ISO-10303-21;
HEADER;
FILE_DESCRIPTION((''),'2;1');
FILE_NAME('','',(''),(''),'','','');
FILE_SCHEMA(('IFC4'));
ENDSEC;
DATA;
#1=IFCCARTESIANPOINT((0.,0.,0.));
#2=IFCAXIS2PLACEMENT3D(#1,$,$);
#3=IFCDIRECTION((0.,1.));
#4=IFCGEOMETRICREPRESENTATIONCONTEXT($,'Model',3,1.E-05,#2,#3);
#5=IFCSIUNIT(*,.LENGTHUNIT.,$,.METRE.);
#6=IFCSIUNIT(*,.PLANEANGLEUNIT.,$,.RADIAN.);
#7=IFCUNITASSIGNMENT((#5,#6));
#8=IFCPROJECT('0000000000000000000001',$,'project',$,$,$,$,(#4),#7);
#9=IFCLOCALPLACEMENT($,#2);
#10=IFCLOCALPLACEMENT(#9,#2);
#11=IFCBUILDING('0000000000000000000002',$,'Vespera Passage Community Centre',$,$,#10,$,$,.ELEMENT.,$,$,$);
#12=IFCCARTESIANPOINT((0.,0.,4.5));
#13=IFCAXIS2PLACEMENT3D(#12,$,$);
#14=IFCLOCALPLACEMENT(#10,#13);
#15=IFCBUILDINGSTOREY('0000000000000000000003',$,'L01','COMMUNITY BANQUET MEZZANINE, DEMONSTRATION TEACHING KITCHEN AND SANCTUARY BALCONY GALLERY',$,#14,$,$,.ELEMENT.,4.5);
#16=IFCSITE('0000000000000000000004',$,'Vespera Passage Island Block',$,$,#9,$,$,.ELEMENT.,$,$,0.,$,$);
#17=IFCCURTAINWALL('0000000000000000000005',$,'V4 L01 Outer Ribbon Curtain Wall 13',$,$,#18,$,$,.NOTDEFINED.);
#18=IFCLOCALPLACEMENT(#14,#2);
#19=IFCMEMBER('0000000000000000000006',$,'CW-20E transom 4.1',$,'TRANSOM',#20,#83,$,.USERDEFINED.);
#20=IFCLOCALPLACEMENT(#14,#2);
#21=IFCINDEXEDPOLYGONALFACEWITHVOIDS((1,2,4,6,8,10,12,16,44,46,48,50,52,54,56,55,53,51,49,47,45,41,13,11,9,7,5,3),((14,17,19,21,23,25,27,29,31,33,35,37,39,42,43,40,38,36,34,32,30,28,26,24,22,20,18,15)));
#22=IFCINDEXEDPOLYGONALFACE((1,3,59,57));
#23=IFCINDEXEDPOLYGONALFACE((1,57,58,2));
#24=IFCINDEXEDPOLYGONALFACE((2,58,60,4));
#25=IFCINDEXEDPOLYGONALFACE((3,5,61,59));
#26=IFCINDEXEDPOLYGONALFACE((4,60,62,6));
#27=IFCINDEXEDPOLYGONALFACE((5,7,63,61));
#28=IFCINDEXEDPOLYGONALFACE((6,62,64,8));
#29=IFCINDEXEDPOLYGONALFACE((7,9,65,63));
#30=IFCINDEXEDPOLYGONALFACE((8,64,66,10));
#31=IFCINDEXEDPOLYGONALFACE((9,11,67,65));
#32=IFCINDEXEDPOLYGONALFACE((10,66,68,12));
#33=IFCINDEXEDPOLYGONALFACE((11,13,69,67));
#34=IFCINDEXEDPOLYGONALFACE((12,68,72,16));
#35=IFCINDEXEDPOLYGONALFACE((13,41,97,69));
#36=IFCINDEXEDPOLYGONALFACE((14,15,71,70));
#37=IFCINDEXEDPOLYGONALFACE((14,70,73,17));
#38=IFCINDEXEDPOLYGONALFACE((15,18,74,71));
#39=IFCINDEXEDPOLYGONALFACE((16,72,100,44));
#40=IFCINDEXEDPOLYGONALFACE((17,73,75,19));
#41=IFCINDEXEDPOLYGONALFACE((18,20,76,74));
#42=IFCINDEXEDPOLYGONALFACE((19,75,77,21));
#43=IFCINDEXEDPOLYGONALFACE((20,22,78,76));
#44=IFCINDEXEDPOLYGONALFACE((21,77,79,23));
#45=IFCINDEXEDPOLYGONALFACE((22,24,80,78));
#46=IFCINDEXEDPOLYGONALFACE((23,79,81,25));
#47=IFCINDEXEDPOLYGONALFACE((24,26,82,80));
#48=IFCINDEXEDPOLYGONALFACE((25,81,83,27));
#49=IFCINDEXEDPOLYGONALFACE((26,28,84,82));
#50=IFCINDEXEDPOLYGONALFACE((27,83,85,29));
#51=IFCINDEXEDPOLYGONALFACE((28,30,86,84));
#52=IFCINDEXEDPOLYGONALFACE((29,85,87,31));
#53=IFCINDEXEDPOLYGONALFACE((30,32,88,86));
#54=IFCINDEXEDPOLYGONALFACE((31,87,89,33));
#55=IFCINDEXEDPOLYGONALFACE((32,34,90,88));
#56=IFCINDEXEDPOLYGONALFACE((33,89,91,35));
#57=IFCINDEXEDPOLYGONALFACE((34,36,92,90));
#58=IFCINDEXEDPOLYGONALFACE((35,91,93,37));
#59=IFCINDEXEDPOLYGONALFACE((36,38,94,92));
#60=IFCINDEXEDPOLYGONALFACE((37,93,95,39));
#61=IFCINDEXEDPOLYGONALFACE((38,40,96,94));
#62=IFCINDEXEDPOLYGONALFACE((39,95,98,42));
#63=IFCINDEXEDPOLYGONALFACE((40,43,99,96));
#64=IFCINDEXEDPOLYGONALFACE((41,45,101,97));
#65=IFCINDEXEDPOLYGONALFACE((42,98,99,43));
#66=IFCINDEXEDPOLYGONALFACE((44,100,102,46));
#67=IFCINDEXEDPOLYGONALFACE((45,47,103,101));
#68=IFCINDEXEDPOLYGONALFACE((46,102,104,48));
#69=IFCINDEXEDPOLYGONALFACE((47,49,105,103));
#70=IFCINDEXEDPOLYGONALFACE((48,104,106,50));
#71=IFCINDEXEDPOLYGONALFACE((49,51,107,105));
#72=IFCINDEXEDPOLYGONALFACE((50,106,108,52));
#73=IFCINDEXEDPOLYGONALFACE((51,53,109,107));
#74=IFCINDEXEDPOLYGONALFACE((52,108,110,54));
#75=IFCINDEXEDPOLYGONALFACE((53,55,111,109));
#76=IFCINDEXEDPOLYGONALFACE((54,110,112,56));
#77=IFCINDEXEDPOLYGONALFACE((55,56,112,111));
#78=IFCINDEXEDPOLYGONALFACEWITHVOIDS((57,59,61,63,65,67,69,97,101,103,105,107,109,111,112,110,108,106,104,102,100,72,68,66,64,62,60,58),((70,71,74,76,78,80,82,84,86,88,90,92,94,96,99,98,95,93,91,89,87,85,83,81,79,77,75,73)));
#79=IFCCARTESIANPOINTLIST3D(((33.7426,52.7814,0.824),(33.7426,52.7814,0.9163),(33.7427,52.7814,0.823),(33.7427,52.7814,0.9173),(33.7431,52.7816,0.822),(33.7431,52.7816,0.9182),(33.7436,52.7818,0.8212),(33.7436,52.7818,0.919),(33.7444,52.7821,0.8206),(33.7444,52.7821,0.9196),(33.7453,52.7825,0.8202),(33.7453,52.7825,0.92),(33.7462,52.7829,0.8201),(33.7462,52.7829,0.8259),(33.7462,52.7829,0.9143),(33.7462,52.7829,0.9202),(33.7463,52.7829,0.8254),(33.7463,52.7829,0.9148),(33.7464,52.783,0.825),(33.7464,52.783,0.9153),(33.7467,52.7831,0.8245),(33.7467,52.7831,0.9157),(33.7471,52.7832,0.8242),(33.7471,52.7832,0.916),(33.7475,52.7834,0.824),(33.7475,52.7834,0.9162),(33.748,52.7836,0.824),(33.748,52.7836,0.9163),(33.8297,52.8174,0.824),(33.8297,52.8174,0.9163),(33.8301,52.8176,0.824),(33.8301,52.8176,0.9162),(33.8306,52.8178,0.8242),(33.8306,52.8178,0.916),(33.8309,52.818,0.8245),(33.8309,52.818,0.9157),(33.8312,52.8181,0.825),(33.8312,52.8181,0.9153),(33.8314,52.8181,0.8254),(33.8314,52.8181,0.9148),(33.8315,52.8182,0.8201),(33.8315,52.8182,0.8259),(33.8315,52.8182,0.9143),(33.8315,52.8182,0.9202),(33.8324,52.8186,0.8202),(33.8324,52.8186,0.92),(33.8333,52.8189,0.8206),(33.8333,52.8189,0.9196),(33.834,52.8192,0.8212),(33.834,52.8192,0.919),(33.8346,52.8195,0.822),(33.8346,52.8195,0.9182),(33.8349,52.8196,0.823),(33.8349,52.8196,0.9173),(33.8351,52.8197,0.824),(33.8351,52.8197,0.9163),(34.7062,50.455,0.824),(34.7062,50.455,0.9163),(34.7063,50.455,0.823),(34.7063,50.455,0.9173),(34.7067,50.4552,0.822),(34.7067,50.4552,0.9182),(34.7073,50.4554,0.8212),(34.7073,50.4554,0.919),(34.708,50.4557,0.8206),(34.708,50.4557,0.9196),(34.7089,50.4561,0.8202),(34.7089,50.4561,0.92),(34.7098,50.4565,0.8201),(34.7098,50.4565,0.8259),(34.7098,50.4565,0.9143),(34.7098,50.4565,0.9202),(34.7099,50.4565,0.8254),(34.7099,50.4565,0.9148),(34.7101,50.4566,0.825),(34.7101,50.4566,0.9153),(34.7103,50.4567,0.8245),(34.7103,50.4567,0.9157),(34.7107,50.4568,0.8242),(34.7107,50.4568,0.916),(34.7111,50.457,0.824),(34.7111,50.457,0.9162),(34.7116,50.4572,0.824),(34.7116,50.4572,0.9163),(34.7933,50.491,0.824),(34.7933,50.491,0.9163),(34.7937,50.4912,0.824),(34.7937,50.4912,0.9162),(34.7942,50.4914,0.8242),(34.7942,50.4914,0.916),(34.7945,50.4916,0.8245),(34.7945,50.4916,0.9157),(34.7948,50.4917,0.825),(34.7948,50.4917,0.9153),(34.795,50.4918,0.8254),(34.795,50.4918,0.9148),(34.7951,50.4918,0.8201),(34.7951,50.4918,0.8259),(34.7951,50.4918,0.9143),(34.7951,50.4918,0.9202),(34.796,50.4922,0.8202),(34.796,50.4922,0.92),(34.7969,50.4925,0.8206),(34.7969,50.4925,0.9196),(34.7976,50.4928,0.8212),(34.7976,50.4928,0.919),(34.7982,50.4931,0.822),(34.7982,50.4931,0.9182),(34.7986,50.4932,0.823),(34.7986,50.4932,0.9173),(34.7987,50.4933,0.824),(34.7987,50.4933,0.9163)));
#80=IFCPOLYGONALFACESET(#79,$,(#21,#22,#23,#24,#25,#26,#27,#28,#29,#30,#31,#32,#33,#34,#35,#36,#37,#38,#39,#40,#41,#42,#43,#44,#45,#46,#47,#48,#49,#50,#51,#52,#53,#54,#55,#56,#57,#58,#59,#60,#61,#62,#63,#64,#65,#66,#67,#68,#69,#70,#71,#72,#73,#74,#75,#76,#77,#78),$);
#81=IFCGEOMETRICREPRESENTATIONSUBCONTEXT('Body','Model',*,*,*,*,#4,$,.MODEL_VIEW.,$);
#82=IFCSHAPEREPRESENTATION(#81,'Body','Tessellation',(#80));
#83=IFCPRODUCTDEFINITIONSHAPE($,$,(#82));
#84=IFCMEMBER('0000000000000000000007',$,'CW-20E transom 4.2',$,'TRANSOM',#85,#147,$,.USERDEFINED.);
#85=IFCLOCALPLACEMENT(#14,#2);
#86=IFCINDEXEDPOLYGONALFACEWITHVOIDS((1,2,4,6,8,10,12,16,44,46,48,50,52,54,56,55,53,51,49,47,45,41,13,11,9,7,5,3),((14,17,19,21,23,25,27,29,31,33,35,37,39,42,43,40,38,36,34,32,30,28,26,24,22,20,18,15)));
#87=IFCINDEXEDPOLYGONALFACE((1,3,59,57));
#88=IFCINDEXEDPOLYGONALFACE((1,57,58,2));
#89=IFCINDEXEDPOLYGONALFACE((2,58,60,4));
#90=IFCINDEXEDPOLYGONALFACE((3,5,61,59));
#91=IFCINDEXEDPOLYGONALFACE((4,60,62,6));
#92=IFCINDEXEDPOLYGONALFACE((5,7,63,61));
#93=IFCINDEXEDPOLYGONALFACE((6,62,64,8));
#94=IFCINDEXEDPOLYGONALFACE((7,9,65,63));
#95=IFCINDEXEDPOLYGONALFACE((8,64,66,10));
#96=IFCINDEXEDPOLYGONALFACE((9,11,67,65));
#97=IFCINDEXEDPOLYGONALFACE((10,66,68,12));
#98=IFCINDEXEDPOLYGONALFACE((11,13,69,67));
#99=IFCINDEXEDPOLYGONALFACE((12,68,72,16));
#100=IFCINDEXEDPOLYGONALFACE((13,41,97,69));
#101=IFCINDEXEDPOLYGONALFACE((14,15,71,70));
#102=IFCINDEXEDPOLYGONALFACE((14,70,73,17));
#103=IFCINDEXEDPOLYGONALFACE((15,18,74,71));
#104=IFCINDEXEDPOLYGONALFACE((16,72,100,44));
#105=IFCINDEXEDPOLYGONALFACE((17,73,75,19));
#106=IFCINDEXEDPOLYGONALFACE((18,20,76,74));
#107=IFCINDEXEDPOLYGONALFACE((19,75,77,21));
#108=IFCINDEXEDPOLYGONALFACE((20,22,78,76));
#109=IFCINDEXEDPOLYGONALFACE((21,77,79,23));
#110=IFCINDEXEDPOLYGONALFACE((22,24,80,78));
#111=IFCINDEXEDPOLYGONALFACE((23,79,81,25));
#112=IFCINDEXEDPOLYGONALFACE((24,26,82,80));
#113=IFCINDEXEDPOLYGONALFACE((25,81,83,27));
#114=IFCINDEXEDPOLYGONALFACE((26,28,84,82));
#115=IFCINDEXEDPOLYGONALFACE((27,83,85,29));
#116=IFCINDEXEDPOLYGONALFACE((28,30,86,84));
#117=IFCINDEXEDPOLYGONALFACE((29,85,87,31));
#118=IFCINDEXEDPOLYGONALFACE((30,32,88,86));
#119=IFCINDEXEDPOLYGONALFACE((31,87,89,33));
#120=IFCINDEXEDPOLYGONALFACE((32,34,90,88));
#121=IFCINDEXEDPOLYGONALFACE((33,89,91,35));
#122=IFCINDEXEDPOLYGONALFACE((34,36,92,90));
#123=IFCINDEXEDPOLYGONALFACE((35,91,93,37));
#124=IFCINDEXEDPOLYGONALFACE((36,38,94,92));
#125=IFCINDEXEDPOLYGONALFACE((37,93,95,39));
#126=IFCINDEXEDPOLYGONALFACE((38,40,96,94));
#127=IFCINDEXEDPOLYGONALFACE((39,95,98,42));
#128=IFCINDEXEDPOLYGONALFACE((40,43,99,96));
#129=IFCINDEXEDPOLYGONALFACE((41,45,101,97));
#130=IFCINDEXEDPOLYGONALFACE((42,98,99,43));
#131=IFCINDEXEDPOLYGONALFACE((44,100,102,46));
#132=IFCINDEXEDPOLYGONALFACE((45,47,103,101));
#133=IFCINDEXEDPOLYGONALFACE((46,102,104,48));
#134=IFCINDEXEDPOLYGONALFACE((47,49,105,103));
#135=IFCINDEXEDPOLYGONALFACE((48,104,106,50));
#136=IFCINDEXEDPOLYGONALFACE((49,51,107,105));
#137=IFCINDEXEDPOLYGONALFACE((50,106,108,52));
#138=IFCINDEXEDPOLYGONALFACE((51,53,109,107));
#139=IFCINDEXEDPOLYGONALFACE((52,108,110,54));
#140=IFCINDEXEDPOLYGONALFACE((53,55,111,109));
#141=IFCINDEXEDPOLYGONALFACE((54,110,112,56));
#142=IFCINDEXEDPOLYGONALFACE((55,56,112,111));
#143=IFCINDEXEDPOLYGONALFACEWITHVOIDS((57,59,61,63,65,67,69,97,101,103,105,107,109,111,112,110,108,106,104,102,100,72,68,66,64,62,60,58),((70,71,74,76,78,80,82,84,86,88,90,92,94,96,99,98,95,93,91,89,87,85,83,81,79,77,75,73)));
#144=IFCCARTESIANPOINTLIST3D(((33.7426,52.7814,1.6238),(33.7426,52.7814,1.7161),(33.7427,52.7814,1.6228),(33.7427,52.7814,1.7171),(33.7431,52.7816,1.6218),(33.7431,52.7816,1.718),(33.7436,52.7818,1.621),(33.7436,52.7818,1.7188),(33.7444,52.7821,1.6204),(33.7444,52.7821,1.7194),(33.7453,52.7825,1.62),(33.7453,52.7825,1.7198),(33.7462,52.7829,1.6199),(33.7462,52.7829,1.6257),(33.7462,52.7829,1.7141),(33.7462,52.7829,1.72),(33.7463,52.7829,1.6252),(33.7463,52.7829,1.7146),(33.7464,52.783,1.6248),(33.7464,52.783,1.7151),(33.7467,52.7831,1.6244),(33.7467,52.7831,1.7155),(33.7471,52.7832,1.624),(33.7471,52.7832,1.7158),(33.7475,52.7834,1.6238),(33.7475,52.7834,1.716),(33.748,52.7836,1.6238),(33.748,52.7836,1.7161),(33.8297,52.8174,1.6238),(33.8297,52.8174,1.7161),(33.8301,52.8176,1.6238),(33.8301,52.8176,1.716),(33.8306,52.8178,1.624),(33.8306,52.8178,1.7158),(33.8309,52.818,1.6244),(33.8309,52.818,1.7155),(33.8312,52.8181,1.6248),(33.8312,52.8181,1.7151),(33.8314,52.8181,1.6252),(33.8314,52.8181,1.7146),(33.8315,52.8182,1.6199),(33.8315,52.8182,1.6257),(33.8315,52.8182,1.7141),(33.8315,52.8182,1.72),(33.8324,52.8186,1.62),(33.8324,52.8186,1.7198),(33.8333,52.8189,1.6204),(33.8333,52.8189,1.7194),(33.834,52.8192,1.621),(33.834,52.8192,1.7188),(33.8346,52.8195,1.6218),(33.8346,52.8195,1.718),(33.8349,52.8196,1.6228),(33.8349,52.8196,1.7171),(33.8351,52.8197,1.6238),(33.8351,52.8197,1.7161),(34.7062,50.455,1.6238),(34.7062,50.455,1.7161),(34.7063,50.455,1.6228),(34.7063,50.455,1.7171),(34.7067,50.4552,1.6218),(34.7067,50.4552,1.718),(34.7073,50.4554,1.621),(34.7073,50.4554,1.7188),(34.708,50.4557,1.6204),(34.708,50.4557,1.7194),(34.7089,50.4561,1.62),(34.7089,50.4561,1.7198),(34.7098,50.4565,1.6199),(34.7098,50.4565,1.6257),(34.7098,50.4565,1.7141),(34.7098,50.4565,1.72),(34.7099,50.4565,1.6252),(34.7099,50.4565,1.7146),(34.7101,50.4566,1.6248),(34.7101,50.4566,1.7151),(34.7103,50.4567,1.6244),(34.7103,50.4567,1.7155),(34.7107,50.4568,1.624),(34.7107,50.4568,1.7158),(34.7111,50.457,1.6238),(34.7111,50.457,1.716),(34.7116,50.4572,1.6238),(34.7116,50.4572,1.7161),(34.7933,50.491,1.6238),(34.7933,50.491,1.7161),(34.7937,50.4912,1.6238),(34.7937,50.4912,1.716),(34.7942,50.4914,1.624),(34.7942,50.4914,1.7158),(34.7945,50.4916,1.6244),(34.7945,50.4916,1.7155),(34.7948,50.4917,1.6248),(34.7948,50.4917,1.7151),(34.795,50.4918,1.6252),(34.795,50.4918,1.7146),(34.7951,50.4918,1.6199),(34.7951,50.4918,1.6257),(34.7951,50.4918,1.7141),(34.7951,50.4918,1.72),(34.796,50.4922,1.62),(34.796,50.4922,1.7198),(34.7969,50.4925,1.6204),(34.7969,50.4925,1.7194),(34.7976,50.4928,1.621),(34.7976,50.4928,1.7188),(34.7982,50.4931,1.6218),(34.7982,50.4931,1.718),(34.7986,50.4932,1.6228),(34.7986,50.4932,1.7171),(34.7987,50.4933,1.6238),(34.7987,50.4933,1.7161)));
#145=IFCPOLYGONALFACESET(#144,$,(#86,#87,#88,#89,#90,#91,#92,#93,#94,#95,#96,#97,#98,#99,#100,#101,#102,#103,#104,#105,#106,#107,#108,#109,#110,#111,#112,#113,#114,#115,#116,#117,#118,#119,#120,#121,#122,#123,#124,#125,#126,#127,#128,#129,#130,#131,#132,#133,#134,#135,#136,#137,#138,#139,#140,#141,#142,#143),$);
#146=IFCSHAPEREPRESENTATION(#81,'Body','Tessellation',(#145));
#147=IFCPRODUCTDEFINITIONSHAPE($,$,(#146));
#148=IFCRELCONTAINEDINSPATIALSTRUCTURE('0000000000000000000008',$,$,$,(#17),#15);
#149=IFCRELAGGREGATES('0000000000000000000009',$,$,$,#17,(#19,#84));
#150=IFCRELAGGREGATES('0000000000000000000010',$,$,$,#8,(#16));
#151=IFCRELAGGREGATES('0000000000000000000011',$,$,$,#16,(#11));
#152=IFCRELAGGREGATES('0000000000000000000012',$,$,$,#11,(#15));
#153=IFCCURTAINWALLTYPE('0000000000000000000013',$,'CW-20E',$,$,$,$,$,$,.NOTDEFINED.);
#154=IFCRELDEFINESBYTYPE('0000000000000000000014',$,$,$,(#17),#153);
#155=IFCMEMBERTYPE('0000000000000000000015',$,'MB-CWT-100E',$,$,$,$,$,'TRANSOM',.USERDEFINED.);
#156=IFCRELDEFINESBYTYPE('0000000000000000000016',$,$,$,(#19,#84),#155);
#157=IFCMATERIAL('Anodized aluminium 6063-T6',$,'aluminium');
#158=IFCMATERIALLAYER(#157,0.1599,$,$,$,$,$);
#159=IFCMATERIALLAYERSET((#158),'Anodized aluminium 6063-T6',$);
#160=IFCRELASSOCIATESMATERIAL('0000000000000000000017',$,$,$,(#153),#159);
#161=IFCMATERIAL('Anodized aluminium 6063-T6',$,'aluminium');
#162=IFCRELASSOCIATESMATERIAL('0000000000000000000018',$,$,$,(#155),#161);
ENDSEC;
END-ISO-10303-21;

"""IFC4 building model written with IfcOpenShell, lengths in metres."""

from ifc_helpers import new_model, si_unit, direction, frame, origin, origin_2d, place, context, subcontext, project, spatial, hollow_rectangle, extrude, material, layer, layer_set, material_profile, profile_set, type_object, element, aggregate, save


model = new_model("IFC4")

# Units and contexts
model_context = context("Model", 3, precision=1e-05, world=origin(), true_north=direction((0.0, 1.0)))
body_context = subcontext(model_context, "Body", "Model", "MODEL_VIEW")
ifc_project = project(units=[si_unit("LENGTHUNIT", "METRE"), si_unit("PLANEANGLEUNIT", "RADIAN")], contexts=[model_context])

# Site, building, storey
site_placement = place(None, origin())
site = spatial("IfcSite", under=ifc_project, at=site_placement, Name="Vespera Passage Island Block", CompositionType="ELEMENT", RefElevation=0.0)
building_placement = place(site_placement, origin())
building = spatial("IfcBuilding", under=site, at=building_placement, Name="Vespera Passage Community Centre", CompositionType="ELEMENT")
storey_placement = place(building_placement, frame((0.0, 0.0, 4.5)))
storey = spatial("IfcBuildingStorey", under=building, at=storey_placement, Name="L01", Description="COMMUNITY BANQUET MEZZANINE, DEMONSTRATION TEACHING KITCHEN AND SANCTUARY BALCONY GALLERY", CompositionType="ELEMENT", Elevation=4.5)

# Curtain wall
ifc_material_1 = material(Name="Anodized aluminium 6063-T6", Category="aluminium")
ifc_layer_1 = layer(ifc_material_1, 0.1599)
ifc_layer_set_1 = layer_set([ifc_layer_1], Name="Anodized aluminium 6063-T6")
curtain_wall_type_1 = type_object("IfcCurtainWallType", Name="CW-20E", PredefinedType="NOTDEFINED", material=ifc_layer_set_1)
curtain_wall_1_placement = place(storey_placement, origin())
curtain_wall_1 = element("IfcCurtainWall", 1, at=curtain_wall_1_placement, inside=storey, type_object=curtain_wall_type_1, Name="V4 L01 Outer Ribbon Curtain Wall 13", PredefinedType="NOTDEFINED")

# Members
ifc_material_2 = material(Name="Anodized aluminium 6063-T6", Category="aluminium")
ifc_material_profile_1 = material_profile(ifc_material_2, hollow_rectangle(XDim=0.1001, YDim=0.1001, WallThickness=0.0039, InnerFilletRadius=0.002, OuterFilletRadius=0.0039, at=origin_2d()), Name="ALU100X100X4")
ifc_profile_set_1 = profile_set([ifc_material_profile_1], Name="Anodized aluminium 6063-T6")
member_type_1 = type_object("IfcMemberType", Name="MB-CWT-100E", ElementType="TRANSOM", PredefinedType="USERDEFINED", material=ifc_profile_set_1)
member_1_placement = place(storey_placement, frame((34.7524, 50.4741, 0.8701), z_axis=(-0.38268, 0.923881, 0.0), x_axis=(-0.923881, -0.38268, 0.0)))
member_1 = element("IfcMember", 2, at=member_1_placement, type_object=member_type_1, Name="CW-20E transom 4.1", ObjectType="TRANSOM", PredefinedType="USERDEFINED", context=body_context, shape_type="SweptSolid", body=[
    extrude(hollow_rectangle(XDim=0.1001, YDim=0.1001, WallThickness=0.0039, InnerFilletRadius=0.002, OuterFilletRadius=0.0039, at=origin_2d()), origin(), (0.0, 0.0, 1.0), 2.5181),
])
member_2_placement = place(storey_placement, frame((34.7524, 50.4741, 1.6699), z_axis=(-0.38268, 0.923881, 0.0), x_axis=(-0.923881, -0.38268, 0.0)))
member_2 = element("IfcMember", 3, at=member_2_placement, type_object=member_type_1, Name="CW-20E transom 4.2", ObjectType="TRANSOM", PredefinedType="USERDEFINED", context=body_context, shape_type="SweptSolid", body=[
    extrude(hollow_rectangle(XDim=0.1001, YDim=0.1001, WallThickness=0.0039, InnerFilletRadius=0.002, OuterFilletRadius=0.0039, at=origin_2d()), origin(), (0.0, 0.0, 1.0), 2.5181),
])

aggregate(curtain_wall_1, [member_1, member_2])

save(model, "model.ifc")
